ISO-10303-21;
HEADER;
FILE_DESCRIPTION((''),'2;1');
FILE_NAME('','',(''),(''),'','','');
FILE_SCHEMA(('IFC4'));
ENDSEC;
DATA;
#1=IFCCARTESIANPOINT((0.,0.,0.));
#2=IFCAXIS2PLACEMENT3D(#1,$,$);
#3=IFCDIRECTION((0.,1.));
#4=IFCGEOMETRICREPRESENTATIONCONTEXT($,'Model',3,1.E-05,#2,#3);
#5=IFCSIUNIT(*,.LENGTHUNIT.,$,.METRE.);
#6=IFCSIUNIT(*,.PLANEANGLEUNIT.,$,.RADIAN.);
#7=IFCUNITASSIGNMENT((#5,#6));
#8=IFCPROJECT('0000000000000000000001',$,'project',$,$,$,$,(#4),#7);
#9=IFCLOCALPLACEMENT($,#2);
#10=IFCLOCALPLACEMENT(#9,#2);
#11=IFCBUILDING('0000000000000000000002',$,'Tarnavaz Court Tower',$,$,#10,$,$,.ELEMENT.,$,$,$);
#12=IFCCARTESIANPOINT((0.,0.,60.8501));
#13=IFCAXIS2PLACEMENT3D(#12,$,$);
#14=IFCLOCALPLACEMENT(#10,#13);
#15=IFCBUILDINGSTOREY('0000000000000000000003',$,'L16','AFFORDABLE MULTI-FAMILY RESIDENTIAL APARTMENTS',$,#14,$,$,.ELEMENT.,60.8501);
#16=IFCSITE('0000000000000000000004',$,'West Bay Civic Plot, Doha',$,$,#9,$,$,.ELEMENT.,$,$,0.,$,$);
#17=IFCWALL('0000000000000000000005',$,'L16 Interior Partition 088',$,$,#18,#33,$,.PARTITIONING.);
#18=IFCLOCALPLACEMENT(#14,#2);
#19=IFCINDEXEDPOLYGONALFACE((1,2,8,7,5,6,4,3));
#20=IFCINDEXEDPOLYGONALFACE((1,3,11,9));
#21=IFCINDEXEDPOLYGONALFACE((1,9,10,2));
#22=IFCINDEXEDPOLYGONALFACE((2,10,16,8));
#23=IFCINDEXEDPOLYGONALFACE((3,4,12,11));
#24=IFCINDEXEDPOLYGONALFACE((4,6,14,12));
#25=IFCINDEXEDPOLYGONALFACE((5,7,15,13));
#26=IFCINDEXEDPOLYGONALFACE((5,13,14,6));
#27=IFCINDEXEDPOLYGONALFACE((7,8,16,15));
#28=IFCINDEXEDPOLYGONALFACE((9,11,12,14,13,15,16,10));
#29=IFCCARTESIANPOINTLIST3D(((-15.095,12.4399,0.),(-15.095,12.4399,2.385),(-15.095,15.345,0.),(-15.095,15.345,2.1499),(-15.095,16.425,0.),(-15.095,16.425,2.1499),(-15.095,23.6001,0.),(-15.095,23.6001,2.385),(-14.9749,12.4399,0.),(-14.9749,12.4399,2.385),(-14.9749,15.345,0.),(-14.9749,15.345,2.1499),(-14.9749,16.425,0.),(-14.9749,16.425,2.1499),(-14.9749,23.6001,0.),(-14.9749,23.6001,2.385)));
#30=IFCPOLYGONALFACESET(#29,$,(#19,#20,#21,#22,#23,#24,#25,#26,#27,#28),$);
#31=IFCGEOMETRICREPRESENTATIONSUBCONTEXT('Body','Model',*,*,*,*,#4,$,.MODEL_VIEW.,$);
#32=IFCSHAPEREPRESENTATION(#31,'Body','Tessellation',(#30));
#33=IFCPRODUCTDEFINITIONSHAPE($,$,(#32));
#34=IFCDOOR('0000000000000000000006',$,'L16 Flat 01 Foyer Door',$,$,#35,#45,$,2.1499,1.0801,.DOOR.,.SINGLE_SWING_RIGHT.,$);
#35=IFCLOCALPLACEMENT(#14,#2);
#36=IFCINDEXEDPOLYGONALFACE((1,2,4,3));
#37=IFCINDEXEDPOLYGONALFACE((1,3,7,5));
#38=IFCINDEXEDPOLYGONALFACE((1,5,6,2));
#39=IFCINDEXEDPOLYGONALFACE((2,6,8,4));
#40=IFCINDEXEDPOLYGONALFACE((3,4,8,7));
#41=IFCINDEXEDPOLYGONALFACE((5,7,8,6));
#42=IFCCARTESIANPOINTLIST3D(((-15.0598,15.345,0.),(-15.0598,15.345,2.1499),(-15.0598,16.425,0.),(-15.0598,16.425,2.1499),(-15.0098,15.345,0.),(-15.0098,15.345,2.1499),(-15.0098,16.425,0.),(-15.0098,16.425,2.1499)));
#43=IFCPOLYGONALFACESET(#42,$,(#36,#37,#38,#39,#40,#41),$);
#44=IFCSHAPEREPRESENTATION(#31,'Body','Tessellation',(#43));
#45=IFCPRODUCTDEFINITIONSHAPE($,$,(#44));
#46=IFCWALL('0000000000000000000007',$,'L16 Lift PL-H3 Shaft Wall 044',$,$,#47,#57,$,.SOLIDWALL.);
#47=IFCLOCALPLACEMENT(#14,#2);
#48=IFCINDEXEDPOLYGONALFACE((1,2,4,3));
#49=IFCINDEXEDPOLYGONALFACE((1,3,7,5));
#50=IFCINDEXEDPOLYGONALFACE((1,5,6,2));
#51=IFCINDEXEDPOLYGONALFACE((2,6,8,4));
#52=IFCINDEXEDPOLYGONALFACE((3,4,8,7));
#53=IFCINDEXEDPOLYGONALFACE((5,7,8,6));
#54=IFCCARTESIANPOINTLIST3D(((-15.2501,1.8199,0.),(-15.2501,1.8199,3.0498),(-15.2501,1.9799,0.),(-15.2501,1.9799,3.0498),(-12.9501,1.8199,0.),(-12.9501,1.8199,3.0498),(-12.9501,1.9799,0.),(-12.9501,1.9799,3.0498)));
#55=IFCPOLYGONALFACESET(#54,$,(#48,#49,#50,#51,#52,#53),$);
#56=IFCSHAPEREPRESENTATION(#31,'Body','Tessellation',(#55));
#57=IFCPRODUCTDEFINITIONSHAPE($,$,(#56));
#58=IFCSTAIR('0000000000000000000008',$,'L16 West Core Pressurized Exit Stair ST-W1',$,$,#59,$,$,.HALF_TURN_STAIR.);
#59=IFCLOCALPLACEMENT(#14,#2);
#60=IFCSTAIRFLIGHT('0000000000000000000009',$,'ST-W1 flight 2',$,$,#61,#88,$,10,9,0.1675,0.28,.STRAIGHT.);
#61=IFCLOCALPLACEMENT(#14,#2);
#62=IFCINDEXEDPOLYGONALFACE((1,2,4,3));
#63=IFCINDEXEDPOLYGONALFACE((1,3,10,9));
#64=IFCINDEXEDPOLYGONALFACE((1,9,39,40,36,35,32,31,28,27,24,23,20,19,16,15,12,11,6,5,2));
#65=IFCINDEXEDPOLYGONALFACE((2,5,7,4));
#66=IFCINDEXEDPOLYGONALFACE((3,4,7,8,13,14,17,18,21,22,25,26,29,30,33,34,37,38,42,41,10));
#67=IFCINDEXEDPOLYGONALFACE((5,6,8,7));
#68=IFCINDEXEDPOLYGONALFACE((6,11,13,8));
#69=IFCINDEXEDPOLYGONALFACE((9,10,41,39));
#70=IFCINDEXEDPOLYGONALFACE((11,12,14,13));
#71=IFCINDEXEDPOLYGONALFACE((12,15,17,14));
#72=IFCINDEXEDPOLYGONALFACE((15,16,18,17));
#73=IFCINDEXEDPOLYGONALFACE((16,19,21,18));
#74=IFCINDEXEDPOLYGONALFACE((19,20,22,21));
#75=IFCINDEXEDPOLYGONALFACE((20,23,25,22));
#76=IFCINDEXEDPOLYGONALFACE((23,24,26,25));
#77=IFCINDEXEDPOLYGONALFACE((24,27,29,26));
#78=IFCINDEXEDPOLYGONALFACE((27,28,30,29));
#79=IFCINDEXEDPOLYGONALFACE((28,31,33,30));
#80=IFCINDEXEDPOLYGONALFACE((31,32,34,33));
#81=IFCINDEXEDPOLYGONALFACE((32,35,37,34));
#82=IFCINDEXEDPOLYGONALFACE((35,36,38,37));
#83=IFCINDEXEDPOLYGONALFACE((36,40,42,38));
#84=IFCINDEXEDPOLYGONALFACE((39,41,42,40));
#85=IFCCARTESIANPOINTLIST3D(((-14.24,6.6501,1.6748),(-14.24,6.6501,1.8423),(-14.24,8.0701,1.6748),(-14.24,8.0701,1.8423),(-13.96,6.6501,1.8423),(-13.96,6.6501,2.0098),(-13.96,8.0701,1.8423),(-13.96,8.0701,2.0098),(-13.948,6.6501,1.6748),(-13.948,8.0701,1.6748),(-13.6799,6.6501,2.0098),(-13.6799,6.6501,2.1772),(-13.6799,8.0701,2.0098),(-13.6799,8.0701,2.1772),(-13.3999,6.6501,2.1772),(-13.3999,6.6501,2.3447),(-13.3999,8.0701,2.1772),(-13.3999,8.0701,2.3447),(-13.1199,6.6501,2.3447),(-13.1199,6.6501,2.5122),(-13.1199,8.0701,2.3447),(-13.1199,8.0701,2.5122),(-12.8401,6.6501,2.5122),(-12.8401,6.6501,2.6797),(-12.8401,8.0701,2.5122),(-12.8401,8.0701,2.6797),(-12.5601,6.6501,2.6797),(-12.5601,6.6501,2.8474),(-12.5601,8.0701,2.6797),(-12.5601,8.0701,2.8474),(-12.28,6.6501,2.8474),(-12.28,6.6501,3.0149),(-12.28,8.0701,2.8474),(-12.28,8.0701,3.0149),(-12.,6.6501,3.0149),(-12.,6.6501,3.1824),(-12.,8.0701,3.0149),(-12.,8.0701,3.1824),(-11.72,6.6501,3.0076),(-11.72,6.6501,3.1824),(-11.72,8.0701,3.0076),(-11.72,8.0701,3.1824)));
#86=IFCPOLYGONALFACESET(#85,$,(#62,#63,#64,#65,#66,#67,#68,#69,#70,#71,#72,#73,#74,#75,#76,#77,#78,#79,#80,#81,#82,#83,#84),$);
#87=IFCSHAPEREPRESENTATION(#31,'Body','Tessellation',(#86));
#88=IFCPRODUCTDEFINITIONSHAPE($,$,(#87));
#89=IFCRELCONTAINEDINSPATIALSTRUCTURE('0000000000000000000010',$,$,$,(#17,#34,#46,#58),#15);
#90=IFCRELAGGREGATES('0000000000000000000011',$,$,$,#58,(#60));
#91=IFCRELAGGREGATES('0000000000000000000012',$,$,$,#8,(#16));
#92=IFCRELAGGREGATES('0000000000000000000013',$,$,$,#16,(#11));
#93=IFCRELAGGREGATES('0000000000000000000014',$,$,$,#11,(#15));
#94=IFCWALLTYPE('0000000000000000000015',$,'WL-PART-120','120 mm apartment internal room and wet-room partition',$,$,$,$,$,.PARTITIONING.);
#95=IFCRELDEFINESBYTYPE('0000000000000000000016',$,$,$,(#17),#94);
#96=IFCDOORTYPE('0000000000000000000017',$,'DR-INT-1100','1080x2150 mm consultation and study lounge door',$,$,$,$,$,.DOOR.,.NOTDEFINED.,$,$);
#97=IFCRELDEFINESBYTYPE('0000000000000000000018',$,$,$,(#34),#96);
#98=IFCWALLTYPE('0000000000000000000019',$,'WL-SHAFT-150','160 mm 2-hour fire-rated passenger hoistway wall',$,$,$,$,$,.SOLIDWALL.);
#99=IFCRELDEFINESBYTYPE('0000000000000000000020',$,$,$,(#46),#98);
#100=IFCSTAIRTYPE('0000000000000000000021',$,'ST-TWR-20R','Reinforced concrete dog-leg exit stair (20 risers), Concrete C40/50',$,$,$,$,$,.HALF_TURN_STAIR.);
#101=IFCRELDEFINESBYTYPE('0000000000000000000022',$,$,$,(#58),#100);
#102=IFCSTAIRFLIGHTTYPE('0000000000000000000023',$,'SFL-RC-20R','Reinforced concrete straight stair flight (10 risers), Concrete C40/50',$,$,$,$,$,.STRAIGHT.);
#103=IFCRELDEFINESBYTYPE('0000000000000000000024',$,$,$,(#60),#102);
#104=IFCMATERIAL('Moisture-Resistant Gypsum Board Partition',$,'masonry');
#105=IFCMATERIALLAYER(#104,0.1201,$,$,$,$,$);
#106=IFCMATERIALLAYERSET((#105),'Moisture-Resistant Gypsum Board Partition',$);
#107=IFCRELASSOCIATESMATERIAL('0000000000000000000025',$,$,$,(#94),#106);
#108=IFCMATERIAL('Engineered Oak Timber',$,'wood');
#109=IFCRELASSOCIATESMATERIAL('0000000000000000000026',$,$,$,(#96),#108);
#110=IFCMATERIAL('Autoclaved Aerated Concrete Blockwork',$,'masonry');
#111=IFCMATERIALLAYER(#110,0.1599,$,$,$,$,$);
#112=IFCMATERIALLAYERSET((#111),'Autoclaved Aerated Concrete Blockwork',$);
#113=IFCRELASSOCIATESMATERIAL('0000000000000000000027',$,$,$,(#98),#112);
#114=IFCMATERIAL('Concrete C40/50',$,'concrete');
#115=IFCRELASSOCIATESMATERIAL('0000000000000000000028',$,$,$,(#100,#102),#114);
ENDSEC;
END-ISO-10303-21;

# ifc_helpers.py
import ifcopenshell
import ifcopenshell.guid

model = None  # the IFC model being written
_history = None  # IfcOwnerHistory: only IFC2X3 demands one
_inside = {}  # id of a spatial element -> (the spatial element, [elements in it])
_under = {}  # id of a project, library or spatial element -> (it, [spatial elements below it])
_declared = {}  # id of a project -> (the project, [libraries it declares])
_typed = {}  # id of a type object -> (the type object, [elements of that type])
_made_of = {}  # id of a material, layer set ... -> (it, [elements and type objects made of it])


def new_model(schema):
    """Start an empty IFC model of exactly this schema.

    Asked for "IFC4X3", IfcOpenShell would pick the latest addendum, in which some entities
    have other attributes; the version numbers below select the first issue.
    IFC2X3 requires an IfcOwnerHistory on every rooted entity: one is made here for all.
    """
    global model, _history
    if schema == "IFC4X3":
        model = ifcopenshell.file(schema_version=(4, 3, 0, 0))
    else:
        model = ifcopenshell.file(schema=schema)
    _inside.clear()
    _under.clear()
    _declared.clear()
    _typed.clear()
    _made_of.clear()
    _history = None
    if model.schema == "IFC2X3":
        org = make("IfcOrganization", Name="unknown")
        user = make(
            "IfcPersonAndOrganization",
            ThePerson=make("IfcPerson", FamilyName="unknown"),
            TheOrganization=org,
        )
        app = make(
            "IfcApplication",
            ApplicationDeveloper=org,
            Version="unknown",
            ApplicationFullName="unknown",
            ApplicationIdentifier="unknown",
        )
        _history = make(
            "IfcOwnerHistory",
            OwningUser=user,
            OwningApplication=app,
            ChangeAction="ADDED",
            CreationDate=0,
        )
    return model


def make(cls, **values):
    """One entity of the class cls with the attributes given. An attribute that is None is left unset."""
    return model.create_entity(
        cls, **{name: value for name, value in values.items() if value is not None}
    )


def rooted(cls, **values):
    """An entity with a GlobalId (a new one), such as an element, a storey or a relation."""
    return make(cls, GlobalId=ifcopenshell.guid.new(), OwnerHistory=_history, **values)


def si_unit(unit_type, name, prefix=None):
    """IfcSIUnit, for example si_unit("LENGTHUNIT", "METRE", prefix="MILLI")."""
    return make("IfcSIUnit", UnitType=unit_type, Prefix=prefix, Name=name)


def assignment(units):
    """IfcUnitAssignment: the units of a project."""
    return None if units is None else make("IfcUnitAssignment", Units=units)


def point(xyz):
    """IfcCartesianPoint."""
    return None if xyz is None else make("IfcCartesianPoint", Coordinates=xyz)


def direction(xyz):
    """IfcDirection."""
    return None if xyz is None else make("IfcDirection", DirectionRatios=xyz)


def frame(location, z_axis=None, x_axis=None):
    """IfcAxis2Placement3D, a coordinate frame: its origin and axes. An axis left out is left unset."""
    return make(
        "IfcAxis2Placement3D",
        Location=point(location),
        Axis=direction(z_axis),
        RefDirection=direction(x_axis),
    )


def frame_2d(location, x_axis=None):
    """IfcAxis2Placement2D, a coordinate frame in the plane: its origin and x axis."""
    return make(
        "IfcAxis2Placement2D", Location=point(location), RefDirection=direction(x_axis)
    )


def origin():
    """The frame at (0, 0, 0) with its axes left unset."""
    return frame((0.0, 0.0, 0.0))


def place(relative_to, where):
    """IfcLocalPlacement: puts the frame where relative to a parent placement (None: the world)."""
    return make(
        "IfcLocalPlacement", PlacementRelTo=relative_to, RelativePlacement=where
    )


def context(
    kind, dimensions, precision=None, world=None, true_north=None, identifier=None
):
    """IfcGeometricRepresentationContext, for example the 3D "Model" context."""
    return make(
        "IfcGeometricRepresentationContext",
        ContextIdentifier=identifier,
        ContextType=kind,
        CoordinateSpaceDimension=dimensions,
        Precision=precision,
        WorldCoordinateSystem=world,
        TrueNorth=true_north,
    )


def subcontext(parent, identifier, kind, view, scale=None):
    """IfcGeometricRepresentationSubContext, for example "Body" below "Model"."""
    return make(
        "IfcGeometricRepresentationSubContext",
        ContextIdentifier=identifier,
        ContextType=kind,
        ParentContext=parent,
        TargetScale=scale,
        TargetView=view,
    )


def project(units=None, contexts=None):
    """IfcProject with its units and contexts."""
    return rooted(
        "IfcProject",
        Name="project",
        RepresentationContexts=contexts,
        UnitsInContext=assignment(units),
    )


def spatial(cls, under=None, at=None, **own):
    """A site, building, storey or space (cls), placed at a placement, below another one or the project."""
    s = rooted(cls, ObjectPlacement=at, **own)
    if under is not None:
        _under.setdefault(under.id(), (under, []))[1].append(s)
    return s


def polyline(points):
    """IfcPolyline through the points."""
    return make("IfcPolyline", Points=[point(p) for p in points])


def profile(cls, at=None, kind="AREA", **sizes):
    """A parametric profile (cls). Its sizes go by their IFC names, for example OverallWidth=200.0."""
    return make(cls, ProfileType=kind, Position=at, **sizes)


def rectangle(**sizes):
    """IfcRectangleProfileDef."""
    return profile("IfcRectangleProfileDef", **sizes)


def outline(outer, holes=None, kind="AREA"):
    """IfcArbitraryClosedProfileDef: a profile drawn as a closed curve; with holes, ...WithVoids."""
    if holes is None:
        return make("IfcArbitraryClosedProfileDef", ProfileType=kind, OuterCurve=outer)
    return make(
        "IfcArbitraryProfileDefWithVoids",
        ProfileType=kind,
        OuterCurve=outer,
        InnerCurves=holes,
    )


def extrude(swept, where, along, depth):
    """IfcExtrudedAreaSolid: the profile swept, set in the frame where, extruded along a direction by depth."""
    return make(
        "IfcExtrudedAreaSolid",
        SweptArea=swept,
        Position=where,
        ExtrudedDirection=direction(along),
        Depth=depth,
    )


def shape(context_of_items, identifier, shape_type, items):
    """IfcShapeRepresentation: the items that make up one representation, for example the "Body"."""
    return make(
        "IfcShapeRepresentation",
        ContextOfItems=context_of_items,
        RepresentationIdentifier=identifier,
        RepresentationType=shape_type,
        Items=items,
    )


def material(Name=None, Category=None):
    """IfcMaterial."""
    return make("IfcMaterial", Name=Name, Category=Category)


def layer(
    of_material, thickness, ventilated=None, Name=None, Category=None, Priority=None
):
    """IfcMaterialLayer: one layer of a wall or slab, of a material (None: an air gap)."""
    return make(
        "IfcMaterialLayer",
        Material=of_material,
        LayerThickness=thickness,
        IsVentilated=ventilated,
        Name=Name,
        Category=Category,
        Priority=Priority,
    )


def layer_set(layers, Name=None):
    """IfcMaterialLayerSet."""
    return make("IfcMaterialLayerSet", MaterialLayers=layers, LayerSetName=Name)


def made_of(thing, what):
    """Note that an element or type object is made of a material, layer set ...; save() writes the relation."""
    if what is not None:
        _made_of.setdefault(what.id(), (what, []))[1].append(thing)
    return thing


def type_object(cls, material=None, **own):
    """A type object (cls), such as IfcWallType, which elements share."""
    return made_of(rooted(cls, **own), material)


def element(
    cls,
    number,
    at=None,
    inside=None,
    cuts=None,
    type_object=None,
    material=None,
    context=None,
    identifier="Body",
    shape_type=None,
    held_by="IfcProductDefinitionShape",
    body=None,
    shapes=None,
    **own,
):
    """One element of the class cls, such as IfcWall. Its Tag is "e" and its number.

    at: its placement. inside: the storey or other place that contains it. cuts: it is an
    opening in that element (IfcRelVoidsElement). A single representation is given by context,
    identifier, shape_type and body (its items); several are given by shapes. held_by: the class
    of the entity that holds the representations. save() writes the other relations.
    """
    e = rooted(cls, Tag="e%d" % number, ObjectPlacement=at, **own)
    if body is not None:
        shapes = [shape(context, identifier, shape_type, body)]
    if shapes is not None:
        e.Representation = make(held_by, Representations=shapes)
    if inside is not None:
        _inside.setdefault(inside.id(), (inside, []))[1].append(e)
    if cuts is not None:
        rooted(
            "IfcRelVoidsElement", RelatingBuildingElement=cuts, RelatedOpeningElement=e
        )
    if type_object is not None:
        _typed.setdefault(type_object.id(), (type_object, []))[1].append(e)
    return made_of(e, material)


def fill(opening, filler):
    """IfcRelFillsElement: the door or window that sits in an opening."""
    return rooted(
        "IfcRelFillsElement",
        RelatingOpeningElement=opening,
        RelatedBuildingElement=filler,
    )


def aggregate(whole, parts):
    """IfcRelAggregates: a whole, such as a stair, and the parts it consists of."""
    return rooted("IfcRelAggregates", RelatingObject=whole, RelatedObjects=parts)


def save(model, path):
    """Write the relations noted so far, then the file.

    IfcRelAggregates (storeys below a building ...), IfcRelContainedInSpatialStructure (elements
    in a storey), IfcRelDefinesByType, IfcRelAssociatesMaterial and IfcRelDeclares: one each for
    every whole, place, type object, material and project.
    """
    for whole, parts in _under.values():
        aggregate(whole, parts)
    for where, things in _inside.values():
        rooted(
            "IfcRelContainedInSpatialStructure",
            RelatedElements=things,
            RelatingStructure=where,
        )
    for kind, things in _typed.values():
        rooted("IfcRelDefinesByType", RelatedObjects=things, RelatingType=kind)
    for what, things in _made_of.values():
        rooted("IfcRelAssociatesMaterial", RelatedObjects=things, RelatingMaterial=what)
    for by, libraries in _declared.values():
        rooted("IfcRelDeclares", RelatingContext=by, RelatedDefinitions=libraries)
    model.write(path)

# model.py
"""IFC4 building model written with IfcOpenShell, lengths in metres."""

from ifc_helpers import new_model, si_unit, direction, frame, frame_2d, origin, place, context, subcontext, project, spatial, polyline, rectangle, outline, extrude, material, layer, layer_set, type_object, element, fill, aggregate, save


model = new_model("IFC4")

# Units and contexts
model_context = context("Model", 3, precision=1e-05, world=origin(), true_north=direction((0.0, 1.0)))
body_context = subcontext(model_context, "Body", "Model", "MODEL_VIEW")
ifc_project = project(units=[si_unit("LENGTHUNIT", "METRE"), si_unit("PLANEANGLEUNIT", "RADIAN")], contexts=[model_context])

# Site, building, storey
site_placement = place(None, origin())
site = spatial("IfcSite", under=ifc_project, at=site_placement, Name="West Bay Civic Plot, Doha", CompositionType="ELEMENT", RefElevation=0.0)
building_placement = place(site_placement, origin())
building = spatial("IfcBuilding", under=site, at=building_placement, Name="Tarnavaz Court Tower", CompositionType="ELEMENT")
storey_placement = place(building_placement, frame((0.0, 0.0, 60.8501)))
storey = spatial("IfcBuildingStorey", under=building, at=storey_placement, Name="L16", Description="AFFORDABLE MULTI-FAMILY RESIDENTIAL APARTMENTS", CompositionType="ELEMENT", Elevation=60.8501)

# Shared definitions
ifc_material_1 = material(Name="Engineered Oak Timber", Category="wood")

# Shared definitions
ifc_material_2 = material(Name="Autoclaved Aerated Concrete Blockwork", Category="masonry")

# Wall, opening, door
ifc_material_3 = material(Name="Moisture-Resistant Gypsum Board Partition", Category="masonry")
ifc_layer_1 = layer(ifc_material_3, 0.1201)
ifc_layer_set_1 = layer_set([ifc_layer_1], Name="Moisture-Resistant Gypsum Board Partition")
wall_type_1 = type_object("IfcWallType", Name="WL-PART-120", Description="120 mm apartment internal room and wet-room partition", PredefinedType="PARTITIONING", material=ifc_layer_set_1)
wall_1_placement = place(storey_placement, frame((-15.0349, 12.4399, 0.0), z_axis=(0.0, 0.0, 1.0), x_axis=(0.0, 1.0, 0.0)))
wall_1 = element("IfcWall", 1, at=wall_1_placement, inside=storey, type_object=wall_type_1, Name="L16 Interior Partition 088", PredefinedType="PARTITIONING", context=body_context, shape_type="SweptSolid", body=[
    extrude(rectangle(XDim=11.1602, YDim=0.1201, at=frame_2d((5.5801, 0.0))), origin(), (0.0, 0.0, 1.0), 2.385),
])
opening_1_placement = place(wall_1_placement, frame((2.905, 0.0, 0.0)))
opening_1 = element("IfcOpeningElement", 2, at=opening_1_placement, cuts=wall_1, PredefinedType="OPENING", context=body_context, shape_type="SweptSolid", body=[
    extrude(rectangle(XDim=1.0801, YDim=2.1499, at=frame_2d((0.54, 1.075))), frame((0.0, 0.0701, 0.0), z_axis=(0.0, -1.0, 0.0), x_axis=(1.0, 0.0, 0.0)), (0.0, 0.0, 1.0), 0.1401),
])
door_type_1 = type_object("IfcDoorType", Name="DR-INT-1100", Description="1080x2150 mm consultation and study lounge door", OperationType="NOTDEFINED", PredefinedType="DOOR", material=ifc_material_1)
door_1_placement = place(opening_1_placement, origin())
door_1 = element("IfcDoor", 3, at=door_1_placement, inside=storey, type_object=door_type_1, Name="L16 Flat 01 Foyer Door", OperationType="SINGLE_SWING_RIGHT", OverallHeight=2.1499, OverallWidth=1.0801, PredefinedType="DOOR", context=body_context, shape_type="SweptSolid", body=[
    extrude(rectangle(XDim=1.0801, YDim=2.1499, at=frame_2d((0.54, 1.075))), frame((0.0, 0.0249, 0.0), z_axis=(0.0, -1.0, 0.0), x_axis=(1.0, 0.0, 0.0)), (0.0, 0.0, 1.0), 0.05),
])
fill(opening_1, door_1)

# Wall
ifc_layer_2 = layer(ifc_material_2, 0.1599)
ifc_layer_set_2 = layer_set([ifc_layer_2], Name="Autoclaved Aerated Concrete Blockwork")
wall_type_2 = type_object("IfcWallType", Name="WL-SHAFT-150", Description="160 mm 2-hour fire-rated passenger hoistway wall", PredefinedType="SOLIDWALL", material=ifc_layer_set_2)
wall_2_placement = place(storey_placement, frame((-15.25, 1.8999, 0.0), z_axis=(0.0, 0.0, 1.0), x_axis=(1.0, 0.0, 0.0)))
element("IfcWall", 4, at=wall_2_placement, inside=storey, type_object=wall_type_2, Name="L16 Lift PL-H3 Shaft Wall 044", PredefinedType="SOLIDWALL", context=body_context, shape_type="SweptSolid", body=[
    extrude(rectangle(XDim=2.3, YDim=0.1599, at=frame_2d((1.1499, 0.0))), origin(), (0.0, 0.0, 1.0), 3.0498),
])

# Stair, stair flight
ifc_material_4 = material(Name="Concrete C40/50", Category="concrete")
stair_type = type_object("IfcStairType", Name="ST-TWR-20R", Description="Reinforced concrete dog-leg exit stair (20 risers), Concrete C40/50", PredefinedType="HALF_TURN_STAIR", material=ifc_material_4)
stair_placement = place(storey_placement, origin())
stair = element("IfcStair", 5, at=stair_placement, inside=storey, type_object=stair_type, Name="L16 West Core Pressurized Exit Stair ST-W1", PredefinedType="HALF_TURN_STAIR")
stair_flight_type = type_object("IfcStairFlightType", Name="SFL-RC-20R", Description="Reinforced concrete straight stair flight (10 risers), Concrete C40/50", PredefinedType="STRAIGHT", material=ifc_material_4)
stair_flight_placement = place(storey_placement, frame((-14.24, 7.3601, 1.6748), z_axis=(0.0, 0.0, 1.0), x_axis=(1.0, 0.0, 0.0)))
stair_flight = element("IfcStairFlight", 6, at=stair_flight_placement, type_object=stair_flight_type, Name="ST-W1 flight 2", NumberOfRisers=10, NumberOfTreads=9, PredefinedType="STRAIGHT", RiserHeight=0.1675, TreadLength=0.28, context=body_context, shape_type="SweptSolid", body=[
    extrude(outline(polyline([(0.0, 0.0), (0.0, 0.1675), (0.28, 0.1675), (0.28, 0.335), (0.5601, 0.335), (0.5601, 0.5024), (0.8401, 0.5024), (0.8401, 0.6699), (1.1201, 0.6699), (1.1201, 0.8374), (1.3999, 0.8374), (1.3999, 1.0049), (1.6799, 1.0049), (1.6799, 1.1726), (1.96, 1.1726), (1.96, 1.3401), (2.24, 1.3401), (2.24, 1.5076), (2.52, 1.5076), (2.52, 1.675), (2.52, 1.3328), (0.292, 0.0), (0.0, 0.0)])), frame((0.0, 0.71, 0.0), z_axis=(0.0, -1.0, 0.0), x_axis=(1.0, 0.0, 0.0)), (0.0, 0.0, 1.0), 1.4199),
])
aggregate(stair, [stair_flight])

save(model, "model.ifc")
